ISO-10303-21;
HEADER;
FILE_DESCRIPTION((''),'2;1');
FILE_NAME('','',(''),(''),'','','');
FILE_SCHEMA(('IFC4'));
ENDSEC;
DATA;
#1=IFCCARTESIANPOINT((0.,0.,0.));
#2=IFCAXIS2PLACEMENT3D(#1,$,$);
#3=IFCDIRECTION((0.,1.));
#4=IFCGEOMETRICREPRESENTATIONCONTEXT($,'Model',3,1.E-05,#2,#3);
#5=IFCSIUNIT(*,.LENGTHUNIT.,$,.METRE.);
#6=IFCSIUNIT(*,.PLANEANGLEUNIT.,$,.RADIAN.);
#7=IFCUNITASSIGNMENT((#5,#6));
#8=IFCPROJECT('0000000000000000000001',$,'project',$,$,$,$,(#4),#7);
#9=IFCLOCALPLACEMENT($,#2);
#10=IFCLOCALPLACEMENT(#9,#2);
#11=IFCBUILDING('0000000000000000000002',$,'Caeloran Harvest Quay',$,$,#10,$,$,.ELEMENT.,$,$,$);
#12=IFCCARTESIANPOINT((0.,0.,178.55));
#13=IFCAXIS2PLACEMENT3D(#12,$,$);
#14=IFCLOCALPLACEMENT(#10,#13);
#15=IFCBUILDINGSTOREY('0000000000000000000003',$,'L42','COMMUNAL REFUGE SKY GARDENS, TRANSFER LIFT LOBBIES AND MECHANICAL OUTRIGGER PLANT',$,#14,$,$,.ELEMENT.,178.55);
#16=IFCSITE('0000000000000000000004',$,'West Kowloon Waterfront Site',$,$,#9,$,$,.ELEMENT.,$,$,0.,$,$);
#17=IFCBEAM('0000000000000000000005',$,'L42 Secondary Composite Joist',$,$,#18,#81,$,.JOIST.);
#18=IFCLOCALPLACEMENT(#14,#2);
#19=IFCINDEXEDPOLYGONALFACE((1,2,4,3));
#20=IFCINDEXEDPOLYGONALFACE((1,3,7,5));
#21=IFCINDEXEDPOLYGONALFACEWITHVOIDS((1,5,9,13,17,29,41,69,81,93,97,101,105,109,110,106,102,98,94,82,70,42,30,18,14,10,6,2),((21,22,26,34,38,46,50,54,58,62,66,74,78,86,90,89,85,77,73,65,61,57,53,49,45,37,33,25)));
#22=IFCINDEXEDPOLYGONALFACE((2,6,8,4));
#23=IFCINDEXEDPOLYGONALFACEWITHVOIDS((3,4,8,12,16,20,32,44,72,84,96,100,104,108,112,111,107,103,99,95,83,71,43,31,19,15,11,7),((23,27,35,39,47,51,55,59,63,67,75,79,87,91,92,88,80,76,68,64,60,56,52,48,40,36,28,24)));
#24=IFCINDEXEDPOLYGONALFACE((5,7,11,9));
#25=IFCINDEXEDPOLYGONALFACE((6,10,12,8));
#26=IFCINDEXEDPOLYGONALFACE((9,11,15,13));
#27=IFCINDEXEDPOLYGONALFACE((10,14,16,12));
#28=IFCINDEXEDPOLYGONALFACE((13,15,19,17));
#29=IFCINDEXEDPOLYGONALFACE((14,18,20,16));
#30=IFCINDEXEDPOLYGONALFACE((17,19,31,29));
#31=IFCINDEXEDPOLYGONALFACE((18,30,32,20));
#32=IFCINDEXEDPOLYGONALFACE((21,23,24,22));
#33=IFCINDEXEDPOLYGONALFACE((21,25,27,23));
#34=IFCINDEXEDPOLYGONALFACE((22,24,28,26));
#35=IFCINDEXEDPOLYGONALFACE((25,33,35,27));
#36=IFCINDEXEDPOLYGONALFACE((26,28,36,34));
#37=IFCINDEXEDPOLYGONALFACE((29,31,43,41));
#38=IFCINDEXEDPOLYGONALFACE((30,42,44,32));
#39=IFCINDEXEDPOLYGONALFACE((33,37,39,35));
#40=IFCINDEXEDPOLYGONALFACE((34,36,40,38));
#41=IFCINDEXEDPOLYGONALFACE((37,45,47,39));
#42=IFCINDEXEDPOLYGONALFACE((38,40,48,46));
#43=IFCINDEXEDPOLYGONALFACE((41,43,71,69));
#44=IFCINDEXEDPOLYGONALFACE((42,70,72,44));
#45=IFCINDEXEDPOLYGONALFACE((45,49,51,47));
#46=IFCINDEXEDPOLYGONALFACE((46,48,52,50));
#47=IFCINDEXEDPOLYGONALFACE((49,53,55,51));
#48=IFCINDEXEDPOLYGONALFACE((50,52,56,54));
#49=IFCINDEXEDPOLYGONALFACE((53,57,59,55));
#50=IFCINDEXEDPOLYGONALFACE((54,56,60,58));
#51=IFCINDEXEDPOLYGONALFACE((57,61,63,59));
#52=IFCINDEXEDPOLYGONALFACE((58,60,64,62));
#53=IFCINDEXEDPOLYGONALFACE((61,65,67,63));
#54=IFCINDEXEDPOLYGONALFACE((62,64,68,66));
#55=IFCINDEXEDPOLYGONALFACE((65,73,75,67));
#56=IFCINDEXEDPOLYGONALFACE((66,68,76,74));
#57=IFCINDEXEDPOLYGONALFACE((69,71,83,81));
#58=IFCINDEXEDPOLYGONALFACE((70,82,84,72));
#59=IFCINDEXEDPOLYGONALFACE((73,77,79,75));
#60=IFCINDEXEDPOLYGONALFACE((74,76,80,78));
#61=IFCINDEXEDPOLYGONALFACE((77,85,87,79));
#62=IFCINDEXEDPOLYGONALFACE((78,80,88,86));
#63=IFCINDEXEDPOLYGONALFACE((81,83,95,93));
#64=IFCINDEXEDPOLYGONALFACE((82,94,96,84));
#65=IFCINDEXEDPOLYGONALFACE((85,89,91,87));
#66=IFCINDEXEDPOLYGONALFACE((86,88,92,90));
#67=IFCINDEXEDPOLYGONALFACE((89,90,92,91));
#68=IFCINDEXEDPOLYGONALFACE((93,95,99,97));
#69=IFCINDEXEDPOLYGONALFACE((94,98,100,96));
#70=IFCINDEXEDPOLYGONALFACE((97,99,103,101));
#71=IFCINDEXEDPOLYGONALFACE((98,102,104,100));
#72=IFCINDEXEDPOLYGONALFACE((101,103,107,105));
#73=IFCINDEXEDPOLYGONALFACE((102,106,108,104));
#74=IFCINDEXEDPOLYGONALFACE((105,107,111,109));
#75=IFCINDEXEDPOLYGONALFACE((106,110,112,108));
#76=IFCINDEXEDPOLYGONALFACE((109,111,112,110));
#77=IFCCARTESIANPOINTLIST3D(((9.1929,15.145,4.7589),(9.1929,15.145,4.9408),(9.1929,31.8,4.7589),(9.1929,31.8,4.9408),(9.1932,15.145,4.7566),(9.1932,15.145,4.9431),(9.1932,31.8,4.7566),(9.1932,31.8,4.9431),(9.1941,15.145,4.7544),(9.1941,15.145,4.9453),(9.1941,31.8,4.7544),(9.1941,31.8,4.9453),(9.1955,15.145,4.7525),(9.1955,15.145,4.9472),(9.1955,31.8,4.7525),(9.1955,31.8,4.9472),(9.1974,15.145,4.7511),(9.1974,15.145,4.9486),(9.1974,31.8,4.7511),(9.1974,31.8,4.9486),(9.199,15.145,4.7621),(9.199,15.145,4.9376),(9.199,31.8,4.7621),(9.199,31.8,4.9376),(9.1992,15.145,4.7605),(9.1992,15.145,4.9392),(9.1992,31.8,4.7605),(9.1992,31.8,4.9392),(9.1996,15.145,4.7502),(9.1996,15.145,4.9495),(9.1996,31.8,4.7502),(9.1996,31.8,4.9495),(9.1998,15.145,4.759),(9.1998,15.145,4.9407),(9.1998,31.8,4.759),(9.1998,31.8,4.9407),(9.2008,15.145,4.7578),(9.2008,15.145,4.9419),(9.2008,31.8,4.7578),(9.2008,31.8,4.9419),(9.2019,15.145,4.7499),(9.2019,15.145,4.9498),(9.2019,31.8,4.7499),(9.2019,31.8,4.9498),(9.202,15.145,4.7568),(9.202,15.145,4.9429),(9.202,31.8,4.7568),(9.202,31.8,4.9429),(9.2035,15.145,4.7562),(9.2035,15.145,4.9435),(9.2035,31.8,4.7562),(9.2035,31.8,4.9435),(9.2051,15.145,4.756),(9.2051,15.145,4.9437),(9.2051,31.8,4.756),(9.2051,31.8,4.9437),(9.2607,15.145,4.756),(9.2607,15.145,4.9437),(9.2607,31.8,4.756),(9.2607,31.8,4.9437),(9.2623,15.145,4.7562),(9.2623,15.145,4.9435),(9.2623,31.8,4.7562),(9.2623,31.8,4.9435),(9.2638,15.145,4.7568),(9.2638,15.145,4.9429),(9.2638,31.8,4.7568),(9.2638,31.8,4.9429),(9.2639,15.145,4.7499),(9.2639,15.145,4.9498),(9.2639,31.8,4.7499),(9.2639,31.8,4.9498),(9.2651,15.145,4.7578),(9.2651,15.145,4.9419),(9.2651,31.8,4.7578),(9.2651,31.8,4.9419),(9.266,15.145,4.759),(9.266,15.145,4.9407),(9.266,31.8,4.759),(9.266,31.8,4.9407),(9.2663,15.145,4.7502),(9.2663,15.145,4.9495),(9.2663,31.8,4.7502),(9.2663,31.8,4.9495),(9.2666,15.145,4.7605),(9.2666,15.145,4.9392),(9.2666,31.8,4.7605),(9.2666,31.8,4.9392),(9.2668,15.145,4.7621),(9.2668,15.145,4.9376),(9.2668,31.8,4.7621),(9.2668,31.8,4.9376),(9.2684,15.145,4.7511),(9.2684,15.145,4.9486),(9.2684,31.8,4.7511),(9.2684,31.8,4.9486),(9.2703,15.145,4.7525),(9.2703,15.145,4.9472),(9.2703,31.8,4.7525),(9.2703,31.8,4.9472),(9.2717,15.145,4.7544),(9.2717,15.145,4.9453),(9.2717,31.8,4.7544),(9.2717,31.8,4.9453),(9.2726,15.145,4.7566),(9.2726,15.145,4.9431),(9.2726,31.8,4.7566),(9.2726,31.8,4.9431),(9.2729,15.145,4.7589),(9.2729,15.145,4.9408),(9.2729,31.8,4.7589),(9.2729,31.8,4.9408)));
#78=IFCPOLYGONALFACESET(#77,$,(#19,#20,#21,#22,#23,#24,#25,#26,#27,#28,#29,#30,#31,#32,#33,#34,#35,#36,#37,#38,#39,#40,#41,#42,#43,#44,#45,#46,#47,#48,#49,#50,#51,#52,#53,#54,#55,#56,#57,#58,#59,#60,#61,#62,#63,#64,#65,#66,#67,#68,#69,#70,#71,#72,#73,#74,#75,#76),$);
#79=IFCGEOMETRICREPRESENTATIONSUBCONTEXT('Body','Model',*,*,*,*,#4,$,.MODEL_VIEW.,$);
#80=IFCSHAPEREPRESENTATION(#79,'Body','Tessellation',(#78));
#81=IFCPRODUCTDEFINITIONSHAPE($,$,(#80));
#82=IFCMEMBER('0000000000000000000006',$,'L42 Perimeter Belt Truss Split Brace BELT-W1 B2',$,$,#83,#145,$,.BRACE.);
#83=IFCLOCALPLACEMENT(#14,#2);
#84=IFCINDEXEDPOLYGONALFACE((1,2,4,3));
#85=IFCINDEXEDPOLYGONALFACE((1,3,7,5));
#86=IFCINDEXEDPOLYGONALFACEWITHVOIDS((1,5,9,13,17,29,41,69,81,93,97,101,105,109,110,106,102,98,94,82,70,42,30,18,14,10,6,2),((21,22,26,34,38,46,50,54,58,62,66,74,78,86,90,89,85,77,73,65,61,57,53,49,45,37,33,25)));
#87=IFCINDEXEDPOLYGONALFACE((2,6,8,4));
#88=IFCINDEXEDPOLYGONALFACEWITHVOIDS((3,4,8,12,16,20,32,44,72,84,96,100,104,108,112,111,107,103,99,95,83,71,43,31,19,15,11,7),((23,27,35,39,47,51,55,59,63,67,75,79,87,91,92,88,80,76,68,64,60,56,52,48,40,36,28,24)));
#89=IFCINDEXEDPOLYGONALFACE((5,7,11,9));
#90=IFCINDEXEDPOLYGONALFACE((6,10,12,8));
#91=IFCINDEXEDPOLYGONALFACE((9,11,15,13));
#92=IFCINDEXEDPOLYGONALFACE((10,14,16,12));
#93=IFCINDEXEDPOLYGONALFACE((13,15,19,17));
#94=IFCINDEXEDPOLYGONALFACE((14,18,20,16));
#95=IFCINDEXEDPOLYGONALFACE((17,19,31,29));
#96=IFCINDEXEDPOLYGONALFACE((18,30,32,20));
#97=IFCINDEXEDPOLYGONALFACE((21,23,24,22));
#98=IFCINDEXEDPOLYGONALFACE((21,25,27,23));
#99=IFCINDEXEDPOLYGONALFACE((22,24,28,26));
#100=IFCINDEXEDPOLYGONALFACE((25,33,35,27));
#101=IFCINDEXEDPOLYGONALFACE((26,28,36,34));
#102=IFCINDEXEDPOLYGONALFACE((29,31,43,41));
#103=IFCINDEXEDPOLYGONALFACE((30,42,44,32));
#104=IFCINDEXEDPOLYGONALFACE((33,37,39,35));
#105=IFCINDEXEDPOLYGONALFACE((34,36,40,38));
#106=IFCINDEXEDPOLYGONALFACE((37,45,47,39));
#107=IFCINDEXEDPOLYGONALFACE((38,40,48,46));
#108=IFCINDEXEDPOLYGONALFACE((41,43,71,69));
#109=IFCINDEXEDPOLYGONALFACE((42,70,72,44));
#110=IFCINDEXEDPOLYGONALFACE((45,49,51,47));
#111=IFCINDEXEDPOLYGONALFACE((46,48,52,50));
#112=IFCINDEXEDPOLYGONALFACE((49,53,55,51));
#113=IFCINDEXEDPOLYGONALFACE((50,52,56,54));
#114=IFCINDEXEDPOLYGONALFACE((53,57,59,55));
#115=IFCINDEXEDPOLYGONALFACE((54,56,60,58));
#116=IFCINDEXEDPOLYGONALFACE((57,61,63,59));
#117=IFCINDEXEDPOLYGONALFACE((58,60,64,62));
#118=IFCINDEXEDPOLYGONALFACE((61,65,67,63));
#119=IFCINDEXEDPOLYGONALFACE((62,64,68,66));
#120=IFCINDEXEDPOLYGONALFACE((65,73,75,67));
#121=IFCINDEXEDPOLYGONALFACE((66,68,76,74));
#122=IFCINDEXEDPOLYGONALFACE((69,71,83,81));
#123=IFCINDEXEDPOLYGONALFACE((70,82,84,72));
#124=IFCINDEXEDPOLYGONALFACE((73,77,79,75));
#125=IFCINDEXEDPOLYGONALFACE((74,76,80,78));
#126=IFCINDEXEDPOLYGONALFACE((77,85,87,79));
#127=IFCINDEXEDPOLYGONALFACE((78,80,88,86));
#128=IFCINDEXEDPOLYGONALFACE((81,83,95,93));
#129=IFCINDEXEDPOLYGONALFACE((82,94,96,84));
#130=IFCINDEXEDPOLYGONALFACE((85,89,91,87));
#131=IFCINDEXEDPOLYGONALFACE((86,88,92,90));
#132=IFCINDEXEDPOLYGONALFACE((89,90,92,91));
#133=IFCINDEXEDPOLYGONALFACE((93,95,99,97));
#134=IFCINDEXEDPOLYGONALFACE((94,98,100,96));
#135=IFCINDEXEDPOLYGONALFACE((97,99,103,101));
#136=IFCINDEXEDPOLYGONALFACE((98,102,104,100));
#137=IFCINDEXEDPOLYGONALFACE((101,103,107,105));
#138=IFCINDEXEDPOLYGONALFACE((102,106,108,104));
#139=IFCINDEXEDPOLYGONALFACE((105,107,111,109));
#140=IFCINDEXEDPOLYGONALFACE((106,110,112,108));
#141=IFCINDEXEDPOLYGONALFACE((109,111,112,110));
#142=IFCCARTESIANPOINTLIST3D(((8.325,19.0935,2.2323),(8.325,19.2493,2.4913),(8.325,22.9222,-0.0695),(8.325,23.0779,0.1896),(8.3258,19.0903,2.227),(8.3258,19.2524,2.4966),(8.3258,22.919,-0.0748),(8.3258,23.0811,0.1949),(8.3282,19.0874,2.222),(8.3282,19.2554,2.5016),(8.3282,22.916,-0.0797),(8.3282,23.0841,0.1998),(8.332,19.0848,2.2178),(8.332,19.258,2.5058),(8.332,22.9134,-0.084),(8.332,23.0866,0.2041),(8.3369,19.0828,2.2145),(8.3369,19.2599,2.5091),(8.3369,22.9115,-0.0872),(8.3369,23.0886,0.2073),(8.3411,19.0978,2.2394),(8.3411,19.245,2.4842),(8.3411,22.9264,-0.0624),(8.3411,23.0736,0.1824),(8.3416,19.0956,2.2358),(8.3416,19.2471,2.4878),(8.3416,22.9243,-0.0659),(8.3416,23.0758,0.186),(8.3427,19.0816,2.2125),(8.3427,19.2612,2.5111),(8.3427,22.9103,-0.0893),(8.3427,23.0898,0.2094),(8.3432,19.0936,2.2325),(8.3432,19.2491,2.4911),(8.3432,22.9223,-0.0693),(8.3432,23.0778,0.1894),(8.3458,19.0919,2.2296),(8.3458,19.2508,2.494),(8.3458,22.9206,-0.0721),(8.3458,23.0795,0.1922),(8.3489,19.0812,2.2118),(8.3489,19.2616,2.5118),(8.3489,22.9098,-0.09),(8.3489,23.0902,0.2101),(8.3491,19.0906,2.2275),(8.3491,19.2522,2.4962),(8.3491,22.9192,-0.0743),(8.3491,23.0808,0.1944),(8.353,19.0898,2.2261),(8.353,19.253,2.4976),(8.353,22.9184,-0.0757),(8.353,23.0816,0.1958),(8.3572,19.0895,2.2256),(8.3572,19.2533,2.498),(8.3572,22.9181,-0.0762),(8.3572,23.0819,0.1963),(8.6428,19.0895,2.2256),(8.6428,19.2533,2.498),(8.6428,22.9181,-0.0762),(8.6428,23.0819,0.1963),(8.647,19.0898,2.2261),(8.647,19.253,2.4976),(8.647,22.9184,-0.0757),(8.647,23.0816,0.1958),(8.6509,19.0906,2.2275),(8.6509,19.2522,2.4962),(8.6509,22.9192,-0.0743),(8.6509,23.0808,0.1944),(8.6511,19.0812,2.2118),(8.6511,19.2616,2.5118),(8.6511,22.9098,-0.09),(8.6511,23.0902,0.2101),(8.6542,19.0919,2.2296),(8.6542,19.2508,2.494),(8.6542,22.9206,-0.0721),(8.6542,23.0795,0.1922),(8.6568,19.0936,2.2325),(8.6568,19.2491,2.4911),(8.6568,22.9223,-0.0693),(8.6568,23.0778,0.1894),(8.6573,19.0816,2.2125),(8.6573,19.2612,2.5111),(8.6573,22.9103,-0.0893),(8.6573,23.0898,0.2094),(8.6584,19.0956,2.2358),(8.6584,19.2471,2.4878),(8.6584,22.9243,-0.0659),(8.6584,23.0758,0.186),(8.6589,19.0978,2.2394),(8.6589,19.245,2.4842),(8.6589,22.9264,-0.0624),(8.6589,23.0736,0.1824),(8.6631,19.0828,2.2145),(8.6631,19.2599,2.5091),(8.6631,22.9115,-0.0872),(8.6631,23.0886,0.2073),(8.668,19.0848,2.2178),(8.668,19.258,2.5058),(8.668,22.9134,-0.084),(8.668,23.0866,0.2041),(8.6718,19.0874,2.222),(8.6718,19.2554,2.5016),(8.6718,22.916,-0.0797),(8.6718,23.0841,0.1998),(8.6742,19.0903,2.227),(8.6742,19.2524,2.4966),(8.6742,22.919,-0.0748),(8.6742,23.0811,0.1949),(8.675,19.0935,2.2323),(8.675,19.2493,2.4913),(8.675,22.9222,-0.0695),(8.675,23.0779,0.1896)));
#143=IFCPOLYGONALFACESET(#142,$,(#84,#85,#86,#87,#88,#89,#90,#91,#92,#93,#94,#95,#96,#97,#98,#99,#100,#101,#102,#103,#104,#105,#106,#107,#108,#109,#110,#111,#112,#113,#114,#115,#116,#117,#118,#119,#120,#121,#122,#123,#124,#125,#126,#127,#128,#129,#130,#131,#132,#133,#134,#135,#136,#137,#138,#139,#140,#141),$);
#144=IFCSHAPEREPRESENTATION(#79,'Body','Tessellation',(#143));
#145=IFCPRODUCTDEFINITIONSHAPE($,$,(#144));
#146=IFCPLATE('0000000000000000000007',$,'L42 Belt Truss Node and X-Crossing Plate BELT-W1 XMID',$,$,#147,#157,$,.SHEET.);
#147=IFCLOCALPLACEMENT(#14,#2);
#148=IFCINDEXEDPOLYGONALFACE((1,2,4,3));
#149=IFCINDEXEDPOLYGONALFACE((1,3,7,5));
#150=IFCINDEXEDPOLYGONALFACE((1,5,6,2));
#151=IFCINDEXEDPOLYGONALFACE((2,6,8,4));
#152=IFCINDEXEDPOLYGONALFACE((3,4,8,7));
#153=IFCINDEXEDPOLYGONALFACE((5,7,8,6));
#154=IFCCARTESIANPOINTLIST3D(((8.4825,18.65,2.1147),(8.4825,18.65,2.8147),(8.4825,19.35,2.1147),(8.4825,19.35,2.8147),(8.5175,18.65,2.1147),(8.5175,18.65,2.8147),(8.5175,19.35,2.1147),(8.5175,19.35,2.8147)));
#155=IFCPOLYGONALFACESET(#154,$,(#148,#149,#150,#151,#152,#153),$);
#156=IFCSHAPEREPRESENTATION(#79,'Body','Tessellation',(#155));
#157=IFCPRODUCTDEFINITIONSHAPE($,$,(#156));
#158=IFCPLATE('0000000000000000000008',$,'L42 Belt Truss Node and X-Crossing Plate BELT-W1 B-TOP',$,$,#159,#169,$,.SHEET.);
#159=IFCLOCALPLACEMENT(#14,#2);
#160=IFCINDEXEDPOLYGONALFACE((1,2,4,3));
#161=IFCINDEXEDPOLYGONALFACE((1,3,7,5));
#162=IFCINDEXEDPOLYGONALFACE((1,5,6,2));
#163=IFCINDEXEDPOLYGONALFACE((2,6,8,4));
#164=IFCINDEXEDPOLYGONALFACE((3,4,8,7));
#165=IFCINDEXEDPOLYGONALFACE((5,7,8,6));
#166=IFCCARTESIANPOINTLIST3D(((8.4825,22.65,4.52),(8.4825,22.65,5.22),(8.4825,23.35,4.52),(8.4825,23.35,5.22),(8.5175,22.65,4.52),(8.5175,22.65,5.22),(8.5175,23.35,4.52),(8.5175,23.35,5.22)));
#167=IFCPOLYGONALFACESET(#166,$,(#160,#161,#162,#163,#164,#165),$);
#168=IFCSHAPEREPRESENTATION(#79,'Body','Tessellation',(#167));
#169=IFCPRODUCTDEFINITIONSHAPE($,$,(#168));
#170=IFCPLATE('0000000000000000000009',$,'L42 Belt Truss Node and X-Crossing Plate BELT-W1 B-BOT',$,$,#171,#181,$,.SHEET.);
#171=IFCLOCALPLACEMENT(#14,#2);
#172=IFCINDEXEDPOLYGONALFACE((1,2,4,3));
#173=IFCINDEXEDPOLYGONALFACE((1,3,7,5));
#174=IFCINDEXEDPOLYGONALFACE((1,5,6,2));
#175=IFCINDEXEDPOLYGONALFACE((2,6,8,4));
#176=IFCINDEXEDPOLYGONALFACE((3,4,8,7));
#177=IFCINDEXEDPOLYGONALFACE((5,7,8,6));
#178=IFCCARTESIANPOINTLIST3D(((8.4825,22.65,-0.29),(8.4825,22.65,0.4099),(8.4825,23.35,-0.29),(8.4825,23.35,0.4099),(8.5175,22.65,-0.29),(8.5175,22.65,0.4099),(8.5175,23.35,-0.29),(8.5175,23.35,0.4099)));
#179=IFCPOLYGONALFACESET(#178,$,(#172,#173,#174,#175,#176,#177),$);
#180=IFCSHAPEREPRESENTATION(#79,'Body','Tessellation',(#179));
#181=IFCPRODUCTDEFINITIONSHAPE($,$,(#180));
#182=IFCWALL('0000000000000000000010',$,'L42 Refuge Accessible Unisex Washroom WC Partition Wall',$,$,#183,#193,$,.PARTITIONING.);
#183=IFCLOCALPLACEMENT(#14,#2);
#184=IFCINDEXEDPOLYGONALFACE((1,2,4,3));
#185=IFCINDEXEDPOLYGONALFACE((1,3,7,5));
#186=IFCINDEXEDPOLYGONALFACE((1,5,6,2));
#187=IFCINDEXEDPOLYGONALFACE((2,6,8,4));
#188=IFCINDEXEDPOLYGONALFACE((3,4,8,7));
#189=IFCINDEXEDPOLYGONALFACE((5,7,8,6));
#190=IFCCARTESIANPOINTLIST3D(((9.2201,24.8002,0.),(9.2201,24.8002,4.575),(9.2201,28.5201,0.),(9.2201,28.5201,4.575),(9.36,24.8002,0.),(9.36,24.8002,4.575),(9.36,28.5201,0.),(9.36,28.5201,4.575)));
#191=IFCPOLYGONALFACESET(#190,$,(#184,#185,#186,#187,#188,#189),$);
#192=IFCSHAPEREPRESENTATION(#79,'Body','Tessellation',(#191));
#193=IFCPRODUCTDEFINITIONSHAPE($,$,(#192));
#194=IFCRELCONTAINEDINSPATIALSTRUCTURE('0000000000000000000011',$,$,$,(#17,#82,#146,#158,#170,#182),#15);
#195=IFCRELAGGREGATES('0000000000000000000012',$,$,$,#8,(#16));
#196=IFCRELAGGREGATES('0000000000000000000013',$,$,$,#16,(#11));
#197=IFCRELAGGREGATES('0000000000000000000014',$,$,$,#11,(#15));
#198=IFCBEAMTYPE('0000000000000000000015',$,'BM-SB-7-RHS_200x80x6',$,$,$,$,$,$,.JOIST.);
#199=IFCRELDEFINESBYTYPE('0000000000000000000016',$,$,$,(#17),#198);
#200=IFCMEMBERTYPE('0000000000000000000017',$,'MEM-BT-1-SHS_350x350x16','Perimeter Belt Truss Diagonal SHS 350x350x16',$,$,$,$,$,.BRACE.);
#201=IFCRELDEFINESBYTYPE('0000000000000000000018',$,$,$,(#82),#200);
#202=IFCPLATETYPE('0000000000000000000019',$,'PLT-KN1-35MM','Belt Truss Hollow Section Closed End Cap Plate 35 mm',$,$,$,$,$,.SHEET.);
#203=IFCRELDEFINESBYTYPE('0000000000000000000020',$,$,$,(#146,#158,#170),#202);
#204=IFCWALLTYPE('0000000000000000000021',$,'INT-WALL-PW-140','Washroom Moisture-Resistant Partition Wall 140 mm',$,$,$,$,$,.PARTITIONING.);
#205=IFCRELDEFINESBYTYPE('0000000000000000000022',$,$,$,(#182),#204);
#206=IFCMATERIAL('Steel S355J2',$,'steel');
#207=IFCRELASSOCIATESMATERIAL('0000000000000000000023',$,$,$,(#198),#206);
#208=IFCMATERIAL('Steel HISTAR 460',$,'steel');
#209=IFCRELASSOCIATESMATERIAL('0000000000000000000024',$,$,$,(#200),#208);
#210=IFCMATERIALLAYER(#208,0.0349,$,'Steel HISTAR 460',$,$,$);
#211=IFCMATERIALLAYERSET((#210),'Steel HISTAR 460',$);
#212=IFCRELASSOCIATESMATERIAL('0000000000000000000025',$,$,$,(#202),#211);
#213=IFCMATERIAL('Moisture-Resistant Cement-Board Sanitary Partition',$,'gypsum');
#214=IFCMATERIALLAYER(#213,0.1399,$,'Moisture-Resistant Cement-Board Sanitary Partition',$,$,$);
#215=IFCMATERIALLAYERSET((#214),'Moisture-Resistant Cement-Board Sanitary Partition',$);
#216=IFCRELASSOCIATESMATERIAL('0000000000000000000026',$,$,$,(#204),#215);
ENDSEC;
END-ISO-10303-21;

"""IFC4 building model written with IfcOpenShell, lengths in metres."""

from ifc_helpers import new_model, si_unit, direction, frame, frame_2d, origin, origin_2d, place, context, subcontext, project, spatial, rectangle, hollow_rectangle, extrude, material, layer, layer_set, material_profile, profile_set, type_object, element, save


model = new_model("IFC4")

# Units and contexts
model_context = context("Model", 3, precision=1e-05, world=origin(), true_north=direction((0.0, 1.0)))
body_context = subcontext(model_context, "Body", "Model", "MODEL_VIEW")
ifc_project = project(units=[si_unit("LENGTHUNIT", "METRE"), si_unit("PLANEANGLEUNIT", "RADIAN")], contexts=[model_context])

# Site, building, storey
site_placement = place(None, origin())
site = spatial("IfcSite", under=ifc_project, at=site_placement, Name="West Kowloon Waterfront Site", CompositionType="ELEMENT", RefElevation=0.0)
building_placement = place(site_placement, origin())
building = spatial("IfcBuilding", under=site, at=building_placement, Name="Caeloran Harvest Quay", CompositionType="ELEMENT")
storey_placement = place(building_placement, frame((0.0, 0.0, 178.55)))
storey = spatial("IfcBuildingStorey", under=building, at=storey_placement, Name="L42", Description="COMMUNAL REFUGE SKY GARDENS, TRANSFER LIFT LOBBIES AND MECHANICAL OUTRIGGER PLANT", CompositionType="ELEMENT", Elevation=178.55)

# Beam
ifc_material_1 = material(Name="Steel S355J2", Category="steel")
ifc_material_profile_1 = material_profile(ifc_material_1, hollow_rectangle(XDim=0.0801, YDim=0.2, WallThickness=0.0061, InnerFilletRadius=0.0061, OuterFilletRadius=0.009, at=origin_2d()), Name="RHS 200x80x6")
ifc_profile_set_1 = profile_set([ifc_material_profile_1], Name="Steel S355J2")
beam_type_1 = type_object("IfcBeamType", Name="BM-SB-7-RHS_200x80x6", PredefinedType="JOIST", material=ifc_profile_set_1)
beam_1_placement = place(storey_placement, frame((9.2329, 15.145, 4.8499), z_axis=(0.0, 1.0, 0.0), x_axis=(-1.0, 0.0, 0.0)))
element("IfcBeam", 1, at=beam_1_placement, inside=storey, type_object=beam_type_1, Name="L42 Secondary Composite Joist", PredefinedType="JOIST", context=body_context, shape_type="SweptSolid", body=[
    extrude(hollow_rectangle(XDim=0.0801, YDim=0.2, WallThickness=0.0061, InnerFilletRadius=0.0061, OuterFilletRadius=0.009, at=origin_2d()), origin(), (0.0, 0.0, 1.0), 16.655),
])

# Member
ifc_material_2 = material(Name="Steel HISTAR 460", Category="steel")
ifc_material_profile_2 = material_profile(ifc_material_2, hollow_rectangle(XDim=0.3501, YDim=0.3501, WallThickness=0.0161, InnerFilletRadius=0.0161, OuterFilletRadius=0.0239, at=origin_2d()), Name="SHS 350x350x16")
ifc_profile_set_2 = profile_set([ifc_material_profile_2], Name="Steel HISTAR 460")
member_type = type_object("IfcMemberType", Name="MEM-BT-1-SHS_350x350x16", Description="Perimeter Belt Truss Diagonal SHS 350x350x16", PredefinedType="BRACE", material=ifc_profile_set_2)
member_placement = place(storey_placement, frame((8.5, 19.1714, 2.3618), z_axis=(0.0, 0.857039, -0.515251), x_axis=(-1.0, 0.0, 0.0)))
element("IfcMember", 2, at=member_placement, inside=storey, type_object=member_type, Name="L42 Perimeter Belt Truss Split Brace BELT-W1 B2", PredefinedType="BRACE", context=body_context, shape_type="SweptSolid", body=[
    extrude(hollow_rectangle(XDim=0.3501, YDim=0.3501, WallThickness=0.0161, InnerFilletRadius=0.0161, OuterFilletRadius=0.0239, at=origin_2d()), origin(), (0.0, 0.0, 1.0), 4.4673),
])

# Plates
ifc_layer_1 = layer(ifc_material_2, 0.0349, Name="Steel HISTAR 460")
ifc_layer_set_1 = layer_set([ifc_layer_1], Name="Steel HISTAR 460")
plate_type = type_object("IfcPlateType", Name="PLT-KN1-35MM", Description="Belt Truss Hollow Section Closed End Cap Plate 35 mm", PredefinedType="SHEET", material=ifc_layer_set_1)
for number, where, z_axis, x_axis, name in (
    (3, (8.5, 19.0, 2.1147), (0.0, 0.0, 1.0), (0.0, 1.0, 0.0), "L42 Belt Truss Node and X-Crossing Plate BELT-W1 XMID"),
    (4, (8.5, 23.0, 4.52), (0.0, 0.0, 1.0), (0.0, 1.0, 0.0), "L42 Belt Truss Node and X-Crossing Plate BELT-W1 B-TOP"),
    (5, (8.5, 23.0, -0.29), (0.0, 0.0, 1.0), (0.0, 1.0, 0.0), "L42 Belt Truss Node and X-Crossing Plate BELT-W1 B-BOT"),
):
    element("IfcPlate", number, at=place(storey_placement, frame(where, z_axis=z_axis, x_axis=x_axis)), inside=storey, type_object=plate_type, Name=name, PredefinedType="SHEET", context=body_context, shape_type="SweptSolid", body=[
        extrude(rectangle(XDim=0.7, YDim=0.0349, at=origin_2d()), origin(), (0.0, 0.0, 1.0), 0.7),
    ])

# Wall
ifc_material_3 = material(Name="Moisture-Resistant Cement-Board Sanitary Partition", Category="gypsum")
ifc_layer_2 = layer(ifc_material_3, 0.1399, Name="Moisture-Resistant Cement-Board Sanitary Partition")
ifc_layer_set_2 = layer_set([ifc_layer_2], Name="Moisture-Resistant Cement-Board Sanitary Partition")
wall_type = type_object("IfcWallType", Name="INT-WALL-PW-140", Description="Washroom Moisture-Resistant Partition Wall 140 mm", PredefinedType="PARTITIONING", material=ifc_layer_set_2)
wall_1_placement = place(storey_placement, frame((9.29, 28.52, 0.0), z_axis=(0.0, 0.0, 1.0), x_axis=(0.0, -1.0, 0.0)))
element("IfcWall", 6, at=wall_1_placement, inside=storey, type_object=wall_type, Name="L42 Refuge Accessible Unisex Washroom WC Partition Wall", PredefinedType="PARTITIONING", context=body_context, shape_type="SweptSolid", body=[
    extrude(rectangle(XDim=3.72, YDim=0.1399, at=frame_2d((1.8599, 0.0))), origin(), (0.0, 0.0, 1.0), 4.575),
])

save(model, "model.ifc")
